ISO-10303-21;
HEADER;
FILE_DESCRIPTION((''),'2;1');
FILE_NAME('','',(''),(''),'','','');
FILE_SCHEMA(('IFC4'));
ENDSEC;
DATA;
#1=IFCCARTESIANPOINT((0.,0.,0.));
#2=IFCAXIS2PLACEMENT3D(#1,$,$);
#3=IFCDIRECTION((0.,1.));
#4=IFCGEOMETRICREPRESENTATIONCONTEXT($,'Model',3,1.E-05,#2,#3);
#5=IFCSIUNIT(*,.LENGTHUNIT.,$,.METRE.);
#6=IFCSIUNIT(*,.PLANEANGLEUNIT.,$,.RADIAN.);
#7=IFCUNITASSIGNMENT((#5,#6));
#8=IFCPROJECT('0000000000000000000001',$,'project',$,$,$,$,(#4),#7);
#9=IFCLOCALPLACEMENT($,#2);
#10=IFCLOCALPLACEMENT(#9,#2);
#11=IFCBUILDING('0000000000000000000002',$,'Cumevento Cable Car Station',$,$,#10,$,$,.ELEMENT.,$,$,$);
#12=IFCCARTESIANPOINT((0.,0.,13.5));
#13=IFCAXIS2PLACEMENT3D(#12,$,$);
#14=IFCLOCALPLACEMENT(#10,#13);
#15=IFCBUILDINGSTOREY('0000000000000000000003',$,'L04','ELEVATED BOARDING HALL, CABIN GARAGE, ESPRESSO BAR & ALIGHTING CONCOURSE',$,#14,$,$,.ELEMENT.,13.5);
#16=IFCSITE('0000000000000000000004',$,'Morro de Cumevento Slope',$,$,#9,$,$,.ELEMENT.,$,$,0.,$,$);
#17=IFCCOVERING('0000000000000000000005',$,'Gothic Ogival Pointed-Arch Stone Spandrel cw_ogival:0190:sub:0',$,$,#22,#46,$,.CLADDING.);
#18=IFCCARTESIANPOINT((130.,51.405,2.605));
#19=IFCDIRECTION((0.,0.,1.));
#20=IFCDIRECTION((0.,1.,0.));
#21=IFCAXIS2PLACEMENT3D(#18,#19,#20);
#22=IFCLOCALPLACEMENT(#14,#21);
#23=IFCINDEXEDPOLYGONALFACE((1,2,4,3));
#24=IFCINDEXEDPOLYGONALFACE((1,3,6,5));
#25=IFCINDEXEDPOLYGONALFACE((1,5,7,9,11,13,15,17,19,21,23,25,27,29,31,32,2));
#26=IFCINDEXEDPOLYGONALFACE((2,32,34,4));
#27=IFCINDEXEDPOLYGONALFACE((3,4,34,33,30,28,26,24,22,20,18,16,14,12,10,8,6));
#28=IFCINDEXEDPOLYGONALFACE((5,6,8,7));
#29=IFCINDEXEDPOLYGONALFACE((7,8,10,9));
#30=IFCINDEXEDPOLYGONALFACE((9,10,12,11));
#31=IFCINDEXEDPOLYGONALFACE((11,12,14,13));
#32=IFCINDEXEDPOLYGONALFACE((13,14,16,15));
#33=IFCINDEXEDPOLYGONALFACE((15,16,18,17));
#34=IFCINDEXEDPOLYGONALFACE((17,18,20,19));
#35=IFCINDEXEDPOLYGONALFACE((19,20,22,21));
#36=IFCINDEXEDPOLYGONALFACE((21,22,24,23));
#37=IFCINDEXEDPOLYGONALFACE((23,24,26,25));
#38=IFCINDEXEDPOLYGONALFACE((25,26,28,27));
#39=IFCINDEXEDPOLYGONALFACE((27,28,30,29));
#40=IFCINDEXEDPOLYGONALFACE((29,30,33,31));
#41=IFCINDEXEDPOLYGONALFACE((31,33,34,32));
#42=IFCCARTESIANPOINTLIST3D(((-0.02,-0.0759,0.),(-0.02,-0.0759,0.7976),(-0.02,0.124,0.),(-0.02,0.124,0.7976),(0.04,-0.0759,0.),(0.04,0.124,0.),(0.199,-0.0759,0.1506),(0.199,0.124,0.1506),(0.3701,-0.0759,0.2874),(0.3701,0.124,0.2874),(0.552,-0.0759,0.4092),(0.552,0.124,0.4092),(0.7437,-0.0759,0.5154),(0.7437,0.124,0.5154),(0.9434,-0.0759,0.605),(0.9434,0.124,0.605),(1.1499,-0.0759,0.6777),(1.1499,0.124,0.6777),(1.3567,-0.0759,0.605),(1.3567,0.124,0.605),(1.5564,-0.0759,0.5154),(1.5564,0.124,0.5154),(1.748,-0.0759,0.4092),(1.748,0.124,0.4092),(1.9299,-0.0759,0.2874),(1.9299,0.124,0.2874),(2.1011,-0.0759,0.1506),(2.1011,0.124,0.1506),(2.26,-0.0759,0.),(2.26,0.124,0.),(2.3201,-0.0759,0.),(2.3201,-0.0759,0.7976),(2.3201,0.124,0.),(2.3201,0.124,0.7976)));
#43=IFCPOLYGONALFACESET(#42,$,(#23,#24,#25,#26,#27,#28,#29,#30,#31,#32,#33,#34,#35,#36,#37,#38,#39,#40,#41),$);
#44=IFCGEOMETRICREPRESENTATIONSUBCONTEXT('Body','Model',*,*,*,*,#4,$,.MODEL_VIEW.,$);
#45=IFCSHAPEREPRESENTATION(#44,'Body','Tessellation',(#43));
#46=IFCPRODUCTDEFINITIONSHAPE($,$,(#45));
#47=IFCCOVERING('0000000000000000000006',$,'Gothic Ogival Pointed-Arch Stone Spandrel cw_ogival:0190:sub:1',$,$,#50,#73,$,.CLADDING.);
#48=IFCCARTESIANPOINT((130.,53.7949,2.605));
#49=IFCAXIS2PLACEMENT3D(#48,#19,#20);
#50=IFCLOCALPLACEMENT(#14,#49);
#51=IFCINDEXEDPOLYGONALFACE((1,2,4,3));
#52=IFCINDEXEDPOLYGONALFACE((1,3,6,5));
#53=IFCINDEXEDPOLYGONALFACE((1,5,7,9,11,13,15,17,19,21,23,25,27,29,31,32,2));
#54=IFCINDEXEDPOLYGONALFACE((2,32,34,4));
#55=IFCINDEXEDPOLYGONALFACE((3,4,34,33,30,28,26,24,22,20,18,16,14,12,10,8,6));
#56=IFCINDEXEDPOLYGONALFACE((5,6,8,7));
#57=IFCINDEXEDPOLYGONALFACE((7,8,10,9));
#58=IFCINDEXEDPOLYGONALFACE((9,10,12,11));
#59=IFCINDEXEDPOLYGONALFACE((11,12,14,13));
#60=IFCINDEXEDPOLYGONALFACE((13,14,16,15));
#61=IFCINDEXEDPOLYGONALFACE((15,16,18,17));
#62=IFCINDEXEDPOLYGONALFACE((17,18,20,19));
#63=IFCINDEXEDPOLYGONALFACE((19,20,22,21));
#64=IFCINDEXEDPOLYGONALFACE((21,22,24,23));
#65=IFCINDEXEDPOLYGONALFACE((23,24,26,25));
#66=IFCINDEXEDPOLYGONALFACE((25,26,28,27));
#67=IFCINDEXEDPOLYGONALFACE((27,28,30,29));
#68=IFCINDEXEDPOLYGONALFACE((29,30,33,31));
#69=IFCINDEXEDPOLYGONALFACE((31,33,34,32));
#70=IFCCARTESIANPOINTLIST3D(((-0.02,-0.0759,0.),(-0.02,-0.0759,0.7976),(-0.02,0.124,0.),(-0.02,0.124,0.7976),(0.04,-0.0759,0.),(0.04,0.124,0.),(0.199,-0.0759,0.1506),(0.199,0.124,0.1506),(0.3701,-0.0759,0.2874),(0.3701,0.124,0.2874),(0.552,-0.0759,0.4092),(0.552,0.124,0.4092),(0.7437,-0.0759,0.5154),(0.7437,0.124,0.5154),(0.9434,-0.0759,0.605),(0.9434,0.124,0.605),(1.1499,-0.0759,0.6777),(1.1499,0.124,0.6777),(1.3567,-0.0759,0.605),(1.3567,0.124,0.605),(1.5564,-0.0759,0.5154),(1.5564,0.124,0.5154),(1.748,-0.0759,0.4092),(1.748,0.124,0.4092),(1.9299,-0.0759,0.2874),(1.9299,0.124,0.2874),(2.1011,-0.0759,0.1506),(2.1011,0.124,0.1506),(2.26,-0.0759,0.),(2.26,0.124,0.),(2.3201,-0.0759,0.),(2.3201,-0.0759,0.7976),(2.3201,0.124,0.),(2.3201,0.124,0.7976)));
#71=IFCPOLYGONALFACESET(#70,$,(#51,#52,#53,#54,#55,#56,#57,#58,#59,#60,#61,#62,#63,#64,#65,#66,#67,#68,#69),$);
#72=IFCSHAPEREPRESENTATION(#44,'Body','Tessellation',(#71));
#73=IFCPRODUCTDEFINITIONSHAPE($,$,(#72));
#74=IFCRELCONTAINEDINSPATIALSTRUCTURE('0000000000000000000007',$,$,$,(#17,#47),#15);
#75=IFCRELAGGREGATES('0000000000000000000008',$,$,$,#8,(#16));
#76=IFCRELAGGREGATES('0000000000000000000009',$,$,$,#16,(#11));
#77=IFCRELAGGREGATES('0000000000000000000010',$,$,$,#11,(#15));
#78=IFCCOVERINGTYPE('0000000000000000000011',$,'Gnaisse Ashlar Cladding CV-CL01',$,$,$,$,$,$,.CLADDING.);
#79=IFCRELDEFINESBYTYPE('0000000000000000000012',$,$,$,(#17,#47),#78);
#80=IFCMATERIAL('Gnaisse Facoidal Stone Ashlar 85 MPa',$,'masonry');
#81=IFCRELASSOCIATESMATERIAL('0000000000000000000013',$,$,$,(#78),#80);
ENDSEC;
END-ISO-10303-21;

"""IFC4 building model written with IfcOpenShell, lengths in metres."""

from ifc_helpers import new_model, si_unit, direction, frame, origin, place, context, subcontext, project, spatial, polyline, outline, extrude, material, type_object, element, save


model = new_model("IFC4")

# Units and contexts
model_context = context("Model", 3, precision=1e-05, world=origin(), true_north=direction((0.0, 1.0)))
body_context = subcontext(model_context, "Body", "Model", "MODEL_VIEW")
ifc_project = project(units=[si_unit("LENGTHUNIT", "METRE"), si_unit("PLANEANGLEUNIT", "RADIAN")], contexts=[model_context])

# Site, building, storey
site_placement = place(None, origin())
site = spatial("IfcSite", under=ifc_project, at=site_placement, Name="Morro de Cumevento Slope", CompositionType="ELEMENT", RefElevation=0.0)
building_placement = place(site_placement, origin())
building = spatial("IfcBuilding", under=site, at=building_placement, Name="Cumevento Cable Car Station", CompositionType="ELEMENT")
storey_placement = place(building_placement, frame((0.0, 0.0, 13.5)))
storey = spatial("IfcBuildingStorey", under=building, at=storey_placement, Name="L04", Description="ELEVATED BOARDING HALL, CABIN GARAGE, ESPRESSO BAR & ALIGHTING CONCOURSE", CompositionType="ELEMENT", Elevation=13.5)

# Coverings
ifc_material_1 = material(Name="Gnaisse Facoidal Stone Ashlar 85 MPa", Category="masonry")
covering_type = type_object("IfcCoveringType", Name="Gnaisse Ashlar Cladding CV-CL01", PredefinedType="CLADDING", material=ifc_material_1)
for number, where, z_axis, x_axis, name in (
    (1, (130.0, 51.405, 2.605), (0.0, 0.0, 1.0), (0.0, 1.0, 0.0), "Gothic Ogival Pointed-Arch Stone Spandrel cw_ogival:0190:sub:0"),
    (2, (130.0, 53.7949, 2.605), (0.0, 0.0, 1.0), (0.0, 1.0, 0.0), "Gothic Ogival Pointed-Arch Stone Spandrel cw_ogival:0190:sub:1"),
):
    element("IfcCovering", number, at=place(storey_placement, frame(where, z_axis=z_axis, x_axis=x_axis)), inside=storey, type_object=covering_type, Name=name, PredefinedType="CLADDING", context=body_context, shape_type="SweptSolid", body=[
        extrude(outline(polyline([(-0.02, 0.0), (-0.02, 0.7976), (2.3201, 0.7976), (2.3201, 0.0), (2.26, 0.0), (2.1011, 0.1506), (1.9299, 0.2874), (1.748, 0.4092), (1.5564, 0.5154), (1.3567, 0.605), (1.1499, 0.6777), (0.9434, 0.605), (0.7437, 0.5154), (0.552, 0.4092), (0.3701, 0.2874), (0.199, 0.1506), (0.04, 0.0), (-0.02, 0.0)])), frame((0.0, 0.124, 0.0), z_axis=(0.0, -1.0, 0.0), x_axis=(1.0, 0.0, 0.0)), (0.0, 0.0, 1.0), 0.2),
    ])

save(model, "model.ifc")
